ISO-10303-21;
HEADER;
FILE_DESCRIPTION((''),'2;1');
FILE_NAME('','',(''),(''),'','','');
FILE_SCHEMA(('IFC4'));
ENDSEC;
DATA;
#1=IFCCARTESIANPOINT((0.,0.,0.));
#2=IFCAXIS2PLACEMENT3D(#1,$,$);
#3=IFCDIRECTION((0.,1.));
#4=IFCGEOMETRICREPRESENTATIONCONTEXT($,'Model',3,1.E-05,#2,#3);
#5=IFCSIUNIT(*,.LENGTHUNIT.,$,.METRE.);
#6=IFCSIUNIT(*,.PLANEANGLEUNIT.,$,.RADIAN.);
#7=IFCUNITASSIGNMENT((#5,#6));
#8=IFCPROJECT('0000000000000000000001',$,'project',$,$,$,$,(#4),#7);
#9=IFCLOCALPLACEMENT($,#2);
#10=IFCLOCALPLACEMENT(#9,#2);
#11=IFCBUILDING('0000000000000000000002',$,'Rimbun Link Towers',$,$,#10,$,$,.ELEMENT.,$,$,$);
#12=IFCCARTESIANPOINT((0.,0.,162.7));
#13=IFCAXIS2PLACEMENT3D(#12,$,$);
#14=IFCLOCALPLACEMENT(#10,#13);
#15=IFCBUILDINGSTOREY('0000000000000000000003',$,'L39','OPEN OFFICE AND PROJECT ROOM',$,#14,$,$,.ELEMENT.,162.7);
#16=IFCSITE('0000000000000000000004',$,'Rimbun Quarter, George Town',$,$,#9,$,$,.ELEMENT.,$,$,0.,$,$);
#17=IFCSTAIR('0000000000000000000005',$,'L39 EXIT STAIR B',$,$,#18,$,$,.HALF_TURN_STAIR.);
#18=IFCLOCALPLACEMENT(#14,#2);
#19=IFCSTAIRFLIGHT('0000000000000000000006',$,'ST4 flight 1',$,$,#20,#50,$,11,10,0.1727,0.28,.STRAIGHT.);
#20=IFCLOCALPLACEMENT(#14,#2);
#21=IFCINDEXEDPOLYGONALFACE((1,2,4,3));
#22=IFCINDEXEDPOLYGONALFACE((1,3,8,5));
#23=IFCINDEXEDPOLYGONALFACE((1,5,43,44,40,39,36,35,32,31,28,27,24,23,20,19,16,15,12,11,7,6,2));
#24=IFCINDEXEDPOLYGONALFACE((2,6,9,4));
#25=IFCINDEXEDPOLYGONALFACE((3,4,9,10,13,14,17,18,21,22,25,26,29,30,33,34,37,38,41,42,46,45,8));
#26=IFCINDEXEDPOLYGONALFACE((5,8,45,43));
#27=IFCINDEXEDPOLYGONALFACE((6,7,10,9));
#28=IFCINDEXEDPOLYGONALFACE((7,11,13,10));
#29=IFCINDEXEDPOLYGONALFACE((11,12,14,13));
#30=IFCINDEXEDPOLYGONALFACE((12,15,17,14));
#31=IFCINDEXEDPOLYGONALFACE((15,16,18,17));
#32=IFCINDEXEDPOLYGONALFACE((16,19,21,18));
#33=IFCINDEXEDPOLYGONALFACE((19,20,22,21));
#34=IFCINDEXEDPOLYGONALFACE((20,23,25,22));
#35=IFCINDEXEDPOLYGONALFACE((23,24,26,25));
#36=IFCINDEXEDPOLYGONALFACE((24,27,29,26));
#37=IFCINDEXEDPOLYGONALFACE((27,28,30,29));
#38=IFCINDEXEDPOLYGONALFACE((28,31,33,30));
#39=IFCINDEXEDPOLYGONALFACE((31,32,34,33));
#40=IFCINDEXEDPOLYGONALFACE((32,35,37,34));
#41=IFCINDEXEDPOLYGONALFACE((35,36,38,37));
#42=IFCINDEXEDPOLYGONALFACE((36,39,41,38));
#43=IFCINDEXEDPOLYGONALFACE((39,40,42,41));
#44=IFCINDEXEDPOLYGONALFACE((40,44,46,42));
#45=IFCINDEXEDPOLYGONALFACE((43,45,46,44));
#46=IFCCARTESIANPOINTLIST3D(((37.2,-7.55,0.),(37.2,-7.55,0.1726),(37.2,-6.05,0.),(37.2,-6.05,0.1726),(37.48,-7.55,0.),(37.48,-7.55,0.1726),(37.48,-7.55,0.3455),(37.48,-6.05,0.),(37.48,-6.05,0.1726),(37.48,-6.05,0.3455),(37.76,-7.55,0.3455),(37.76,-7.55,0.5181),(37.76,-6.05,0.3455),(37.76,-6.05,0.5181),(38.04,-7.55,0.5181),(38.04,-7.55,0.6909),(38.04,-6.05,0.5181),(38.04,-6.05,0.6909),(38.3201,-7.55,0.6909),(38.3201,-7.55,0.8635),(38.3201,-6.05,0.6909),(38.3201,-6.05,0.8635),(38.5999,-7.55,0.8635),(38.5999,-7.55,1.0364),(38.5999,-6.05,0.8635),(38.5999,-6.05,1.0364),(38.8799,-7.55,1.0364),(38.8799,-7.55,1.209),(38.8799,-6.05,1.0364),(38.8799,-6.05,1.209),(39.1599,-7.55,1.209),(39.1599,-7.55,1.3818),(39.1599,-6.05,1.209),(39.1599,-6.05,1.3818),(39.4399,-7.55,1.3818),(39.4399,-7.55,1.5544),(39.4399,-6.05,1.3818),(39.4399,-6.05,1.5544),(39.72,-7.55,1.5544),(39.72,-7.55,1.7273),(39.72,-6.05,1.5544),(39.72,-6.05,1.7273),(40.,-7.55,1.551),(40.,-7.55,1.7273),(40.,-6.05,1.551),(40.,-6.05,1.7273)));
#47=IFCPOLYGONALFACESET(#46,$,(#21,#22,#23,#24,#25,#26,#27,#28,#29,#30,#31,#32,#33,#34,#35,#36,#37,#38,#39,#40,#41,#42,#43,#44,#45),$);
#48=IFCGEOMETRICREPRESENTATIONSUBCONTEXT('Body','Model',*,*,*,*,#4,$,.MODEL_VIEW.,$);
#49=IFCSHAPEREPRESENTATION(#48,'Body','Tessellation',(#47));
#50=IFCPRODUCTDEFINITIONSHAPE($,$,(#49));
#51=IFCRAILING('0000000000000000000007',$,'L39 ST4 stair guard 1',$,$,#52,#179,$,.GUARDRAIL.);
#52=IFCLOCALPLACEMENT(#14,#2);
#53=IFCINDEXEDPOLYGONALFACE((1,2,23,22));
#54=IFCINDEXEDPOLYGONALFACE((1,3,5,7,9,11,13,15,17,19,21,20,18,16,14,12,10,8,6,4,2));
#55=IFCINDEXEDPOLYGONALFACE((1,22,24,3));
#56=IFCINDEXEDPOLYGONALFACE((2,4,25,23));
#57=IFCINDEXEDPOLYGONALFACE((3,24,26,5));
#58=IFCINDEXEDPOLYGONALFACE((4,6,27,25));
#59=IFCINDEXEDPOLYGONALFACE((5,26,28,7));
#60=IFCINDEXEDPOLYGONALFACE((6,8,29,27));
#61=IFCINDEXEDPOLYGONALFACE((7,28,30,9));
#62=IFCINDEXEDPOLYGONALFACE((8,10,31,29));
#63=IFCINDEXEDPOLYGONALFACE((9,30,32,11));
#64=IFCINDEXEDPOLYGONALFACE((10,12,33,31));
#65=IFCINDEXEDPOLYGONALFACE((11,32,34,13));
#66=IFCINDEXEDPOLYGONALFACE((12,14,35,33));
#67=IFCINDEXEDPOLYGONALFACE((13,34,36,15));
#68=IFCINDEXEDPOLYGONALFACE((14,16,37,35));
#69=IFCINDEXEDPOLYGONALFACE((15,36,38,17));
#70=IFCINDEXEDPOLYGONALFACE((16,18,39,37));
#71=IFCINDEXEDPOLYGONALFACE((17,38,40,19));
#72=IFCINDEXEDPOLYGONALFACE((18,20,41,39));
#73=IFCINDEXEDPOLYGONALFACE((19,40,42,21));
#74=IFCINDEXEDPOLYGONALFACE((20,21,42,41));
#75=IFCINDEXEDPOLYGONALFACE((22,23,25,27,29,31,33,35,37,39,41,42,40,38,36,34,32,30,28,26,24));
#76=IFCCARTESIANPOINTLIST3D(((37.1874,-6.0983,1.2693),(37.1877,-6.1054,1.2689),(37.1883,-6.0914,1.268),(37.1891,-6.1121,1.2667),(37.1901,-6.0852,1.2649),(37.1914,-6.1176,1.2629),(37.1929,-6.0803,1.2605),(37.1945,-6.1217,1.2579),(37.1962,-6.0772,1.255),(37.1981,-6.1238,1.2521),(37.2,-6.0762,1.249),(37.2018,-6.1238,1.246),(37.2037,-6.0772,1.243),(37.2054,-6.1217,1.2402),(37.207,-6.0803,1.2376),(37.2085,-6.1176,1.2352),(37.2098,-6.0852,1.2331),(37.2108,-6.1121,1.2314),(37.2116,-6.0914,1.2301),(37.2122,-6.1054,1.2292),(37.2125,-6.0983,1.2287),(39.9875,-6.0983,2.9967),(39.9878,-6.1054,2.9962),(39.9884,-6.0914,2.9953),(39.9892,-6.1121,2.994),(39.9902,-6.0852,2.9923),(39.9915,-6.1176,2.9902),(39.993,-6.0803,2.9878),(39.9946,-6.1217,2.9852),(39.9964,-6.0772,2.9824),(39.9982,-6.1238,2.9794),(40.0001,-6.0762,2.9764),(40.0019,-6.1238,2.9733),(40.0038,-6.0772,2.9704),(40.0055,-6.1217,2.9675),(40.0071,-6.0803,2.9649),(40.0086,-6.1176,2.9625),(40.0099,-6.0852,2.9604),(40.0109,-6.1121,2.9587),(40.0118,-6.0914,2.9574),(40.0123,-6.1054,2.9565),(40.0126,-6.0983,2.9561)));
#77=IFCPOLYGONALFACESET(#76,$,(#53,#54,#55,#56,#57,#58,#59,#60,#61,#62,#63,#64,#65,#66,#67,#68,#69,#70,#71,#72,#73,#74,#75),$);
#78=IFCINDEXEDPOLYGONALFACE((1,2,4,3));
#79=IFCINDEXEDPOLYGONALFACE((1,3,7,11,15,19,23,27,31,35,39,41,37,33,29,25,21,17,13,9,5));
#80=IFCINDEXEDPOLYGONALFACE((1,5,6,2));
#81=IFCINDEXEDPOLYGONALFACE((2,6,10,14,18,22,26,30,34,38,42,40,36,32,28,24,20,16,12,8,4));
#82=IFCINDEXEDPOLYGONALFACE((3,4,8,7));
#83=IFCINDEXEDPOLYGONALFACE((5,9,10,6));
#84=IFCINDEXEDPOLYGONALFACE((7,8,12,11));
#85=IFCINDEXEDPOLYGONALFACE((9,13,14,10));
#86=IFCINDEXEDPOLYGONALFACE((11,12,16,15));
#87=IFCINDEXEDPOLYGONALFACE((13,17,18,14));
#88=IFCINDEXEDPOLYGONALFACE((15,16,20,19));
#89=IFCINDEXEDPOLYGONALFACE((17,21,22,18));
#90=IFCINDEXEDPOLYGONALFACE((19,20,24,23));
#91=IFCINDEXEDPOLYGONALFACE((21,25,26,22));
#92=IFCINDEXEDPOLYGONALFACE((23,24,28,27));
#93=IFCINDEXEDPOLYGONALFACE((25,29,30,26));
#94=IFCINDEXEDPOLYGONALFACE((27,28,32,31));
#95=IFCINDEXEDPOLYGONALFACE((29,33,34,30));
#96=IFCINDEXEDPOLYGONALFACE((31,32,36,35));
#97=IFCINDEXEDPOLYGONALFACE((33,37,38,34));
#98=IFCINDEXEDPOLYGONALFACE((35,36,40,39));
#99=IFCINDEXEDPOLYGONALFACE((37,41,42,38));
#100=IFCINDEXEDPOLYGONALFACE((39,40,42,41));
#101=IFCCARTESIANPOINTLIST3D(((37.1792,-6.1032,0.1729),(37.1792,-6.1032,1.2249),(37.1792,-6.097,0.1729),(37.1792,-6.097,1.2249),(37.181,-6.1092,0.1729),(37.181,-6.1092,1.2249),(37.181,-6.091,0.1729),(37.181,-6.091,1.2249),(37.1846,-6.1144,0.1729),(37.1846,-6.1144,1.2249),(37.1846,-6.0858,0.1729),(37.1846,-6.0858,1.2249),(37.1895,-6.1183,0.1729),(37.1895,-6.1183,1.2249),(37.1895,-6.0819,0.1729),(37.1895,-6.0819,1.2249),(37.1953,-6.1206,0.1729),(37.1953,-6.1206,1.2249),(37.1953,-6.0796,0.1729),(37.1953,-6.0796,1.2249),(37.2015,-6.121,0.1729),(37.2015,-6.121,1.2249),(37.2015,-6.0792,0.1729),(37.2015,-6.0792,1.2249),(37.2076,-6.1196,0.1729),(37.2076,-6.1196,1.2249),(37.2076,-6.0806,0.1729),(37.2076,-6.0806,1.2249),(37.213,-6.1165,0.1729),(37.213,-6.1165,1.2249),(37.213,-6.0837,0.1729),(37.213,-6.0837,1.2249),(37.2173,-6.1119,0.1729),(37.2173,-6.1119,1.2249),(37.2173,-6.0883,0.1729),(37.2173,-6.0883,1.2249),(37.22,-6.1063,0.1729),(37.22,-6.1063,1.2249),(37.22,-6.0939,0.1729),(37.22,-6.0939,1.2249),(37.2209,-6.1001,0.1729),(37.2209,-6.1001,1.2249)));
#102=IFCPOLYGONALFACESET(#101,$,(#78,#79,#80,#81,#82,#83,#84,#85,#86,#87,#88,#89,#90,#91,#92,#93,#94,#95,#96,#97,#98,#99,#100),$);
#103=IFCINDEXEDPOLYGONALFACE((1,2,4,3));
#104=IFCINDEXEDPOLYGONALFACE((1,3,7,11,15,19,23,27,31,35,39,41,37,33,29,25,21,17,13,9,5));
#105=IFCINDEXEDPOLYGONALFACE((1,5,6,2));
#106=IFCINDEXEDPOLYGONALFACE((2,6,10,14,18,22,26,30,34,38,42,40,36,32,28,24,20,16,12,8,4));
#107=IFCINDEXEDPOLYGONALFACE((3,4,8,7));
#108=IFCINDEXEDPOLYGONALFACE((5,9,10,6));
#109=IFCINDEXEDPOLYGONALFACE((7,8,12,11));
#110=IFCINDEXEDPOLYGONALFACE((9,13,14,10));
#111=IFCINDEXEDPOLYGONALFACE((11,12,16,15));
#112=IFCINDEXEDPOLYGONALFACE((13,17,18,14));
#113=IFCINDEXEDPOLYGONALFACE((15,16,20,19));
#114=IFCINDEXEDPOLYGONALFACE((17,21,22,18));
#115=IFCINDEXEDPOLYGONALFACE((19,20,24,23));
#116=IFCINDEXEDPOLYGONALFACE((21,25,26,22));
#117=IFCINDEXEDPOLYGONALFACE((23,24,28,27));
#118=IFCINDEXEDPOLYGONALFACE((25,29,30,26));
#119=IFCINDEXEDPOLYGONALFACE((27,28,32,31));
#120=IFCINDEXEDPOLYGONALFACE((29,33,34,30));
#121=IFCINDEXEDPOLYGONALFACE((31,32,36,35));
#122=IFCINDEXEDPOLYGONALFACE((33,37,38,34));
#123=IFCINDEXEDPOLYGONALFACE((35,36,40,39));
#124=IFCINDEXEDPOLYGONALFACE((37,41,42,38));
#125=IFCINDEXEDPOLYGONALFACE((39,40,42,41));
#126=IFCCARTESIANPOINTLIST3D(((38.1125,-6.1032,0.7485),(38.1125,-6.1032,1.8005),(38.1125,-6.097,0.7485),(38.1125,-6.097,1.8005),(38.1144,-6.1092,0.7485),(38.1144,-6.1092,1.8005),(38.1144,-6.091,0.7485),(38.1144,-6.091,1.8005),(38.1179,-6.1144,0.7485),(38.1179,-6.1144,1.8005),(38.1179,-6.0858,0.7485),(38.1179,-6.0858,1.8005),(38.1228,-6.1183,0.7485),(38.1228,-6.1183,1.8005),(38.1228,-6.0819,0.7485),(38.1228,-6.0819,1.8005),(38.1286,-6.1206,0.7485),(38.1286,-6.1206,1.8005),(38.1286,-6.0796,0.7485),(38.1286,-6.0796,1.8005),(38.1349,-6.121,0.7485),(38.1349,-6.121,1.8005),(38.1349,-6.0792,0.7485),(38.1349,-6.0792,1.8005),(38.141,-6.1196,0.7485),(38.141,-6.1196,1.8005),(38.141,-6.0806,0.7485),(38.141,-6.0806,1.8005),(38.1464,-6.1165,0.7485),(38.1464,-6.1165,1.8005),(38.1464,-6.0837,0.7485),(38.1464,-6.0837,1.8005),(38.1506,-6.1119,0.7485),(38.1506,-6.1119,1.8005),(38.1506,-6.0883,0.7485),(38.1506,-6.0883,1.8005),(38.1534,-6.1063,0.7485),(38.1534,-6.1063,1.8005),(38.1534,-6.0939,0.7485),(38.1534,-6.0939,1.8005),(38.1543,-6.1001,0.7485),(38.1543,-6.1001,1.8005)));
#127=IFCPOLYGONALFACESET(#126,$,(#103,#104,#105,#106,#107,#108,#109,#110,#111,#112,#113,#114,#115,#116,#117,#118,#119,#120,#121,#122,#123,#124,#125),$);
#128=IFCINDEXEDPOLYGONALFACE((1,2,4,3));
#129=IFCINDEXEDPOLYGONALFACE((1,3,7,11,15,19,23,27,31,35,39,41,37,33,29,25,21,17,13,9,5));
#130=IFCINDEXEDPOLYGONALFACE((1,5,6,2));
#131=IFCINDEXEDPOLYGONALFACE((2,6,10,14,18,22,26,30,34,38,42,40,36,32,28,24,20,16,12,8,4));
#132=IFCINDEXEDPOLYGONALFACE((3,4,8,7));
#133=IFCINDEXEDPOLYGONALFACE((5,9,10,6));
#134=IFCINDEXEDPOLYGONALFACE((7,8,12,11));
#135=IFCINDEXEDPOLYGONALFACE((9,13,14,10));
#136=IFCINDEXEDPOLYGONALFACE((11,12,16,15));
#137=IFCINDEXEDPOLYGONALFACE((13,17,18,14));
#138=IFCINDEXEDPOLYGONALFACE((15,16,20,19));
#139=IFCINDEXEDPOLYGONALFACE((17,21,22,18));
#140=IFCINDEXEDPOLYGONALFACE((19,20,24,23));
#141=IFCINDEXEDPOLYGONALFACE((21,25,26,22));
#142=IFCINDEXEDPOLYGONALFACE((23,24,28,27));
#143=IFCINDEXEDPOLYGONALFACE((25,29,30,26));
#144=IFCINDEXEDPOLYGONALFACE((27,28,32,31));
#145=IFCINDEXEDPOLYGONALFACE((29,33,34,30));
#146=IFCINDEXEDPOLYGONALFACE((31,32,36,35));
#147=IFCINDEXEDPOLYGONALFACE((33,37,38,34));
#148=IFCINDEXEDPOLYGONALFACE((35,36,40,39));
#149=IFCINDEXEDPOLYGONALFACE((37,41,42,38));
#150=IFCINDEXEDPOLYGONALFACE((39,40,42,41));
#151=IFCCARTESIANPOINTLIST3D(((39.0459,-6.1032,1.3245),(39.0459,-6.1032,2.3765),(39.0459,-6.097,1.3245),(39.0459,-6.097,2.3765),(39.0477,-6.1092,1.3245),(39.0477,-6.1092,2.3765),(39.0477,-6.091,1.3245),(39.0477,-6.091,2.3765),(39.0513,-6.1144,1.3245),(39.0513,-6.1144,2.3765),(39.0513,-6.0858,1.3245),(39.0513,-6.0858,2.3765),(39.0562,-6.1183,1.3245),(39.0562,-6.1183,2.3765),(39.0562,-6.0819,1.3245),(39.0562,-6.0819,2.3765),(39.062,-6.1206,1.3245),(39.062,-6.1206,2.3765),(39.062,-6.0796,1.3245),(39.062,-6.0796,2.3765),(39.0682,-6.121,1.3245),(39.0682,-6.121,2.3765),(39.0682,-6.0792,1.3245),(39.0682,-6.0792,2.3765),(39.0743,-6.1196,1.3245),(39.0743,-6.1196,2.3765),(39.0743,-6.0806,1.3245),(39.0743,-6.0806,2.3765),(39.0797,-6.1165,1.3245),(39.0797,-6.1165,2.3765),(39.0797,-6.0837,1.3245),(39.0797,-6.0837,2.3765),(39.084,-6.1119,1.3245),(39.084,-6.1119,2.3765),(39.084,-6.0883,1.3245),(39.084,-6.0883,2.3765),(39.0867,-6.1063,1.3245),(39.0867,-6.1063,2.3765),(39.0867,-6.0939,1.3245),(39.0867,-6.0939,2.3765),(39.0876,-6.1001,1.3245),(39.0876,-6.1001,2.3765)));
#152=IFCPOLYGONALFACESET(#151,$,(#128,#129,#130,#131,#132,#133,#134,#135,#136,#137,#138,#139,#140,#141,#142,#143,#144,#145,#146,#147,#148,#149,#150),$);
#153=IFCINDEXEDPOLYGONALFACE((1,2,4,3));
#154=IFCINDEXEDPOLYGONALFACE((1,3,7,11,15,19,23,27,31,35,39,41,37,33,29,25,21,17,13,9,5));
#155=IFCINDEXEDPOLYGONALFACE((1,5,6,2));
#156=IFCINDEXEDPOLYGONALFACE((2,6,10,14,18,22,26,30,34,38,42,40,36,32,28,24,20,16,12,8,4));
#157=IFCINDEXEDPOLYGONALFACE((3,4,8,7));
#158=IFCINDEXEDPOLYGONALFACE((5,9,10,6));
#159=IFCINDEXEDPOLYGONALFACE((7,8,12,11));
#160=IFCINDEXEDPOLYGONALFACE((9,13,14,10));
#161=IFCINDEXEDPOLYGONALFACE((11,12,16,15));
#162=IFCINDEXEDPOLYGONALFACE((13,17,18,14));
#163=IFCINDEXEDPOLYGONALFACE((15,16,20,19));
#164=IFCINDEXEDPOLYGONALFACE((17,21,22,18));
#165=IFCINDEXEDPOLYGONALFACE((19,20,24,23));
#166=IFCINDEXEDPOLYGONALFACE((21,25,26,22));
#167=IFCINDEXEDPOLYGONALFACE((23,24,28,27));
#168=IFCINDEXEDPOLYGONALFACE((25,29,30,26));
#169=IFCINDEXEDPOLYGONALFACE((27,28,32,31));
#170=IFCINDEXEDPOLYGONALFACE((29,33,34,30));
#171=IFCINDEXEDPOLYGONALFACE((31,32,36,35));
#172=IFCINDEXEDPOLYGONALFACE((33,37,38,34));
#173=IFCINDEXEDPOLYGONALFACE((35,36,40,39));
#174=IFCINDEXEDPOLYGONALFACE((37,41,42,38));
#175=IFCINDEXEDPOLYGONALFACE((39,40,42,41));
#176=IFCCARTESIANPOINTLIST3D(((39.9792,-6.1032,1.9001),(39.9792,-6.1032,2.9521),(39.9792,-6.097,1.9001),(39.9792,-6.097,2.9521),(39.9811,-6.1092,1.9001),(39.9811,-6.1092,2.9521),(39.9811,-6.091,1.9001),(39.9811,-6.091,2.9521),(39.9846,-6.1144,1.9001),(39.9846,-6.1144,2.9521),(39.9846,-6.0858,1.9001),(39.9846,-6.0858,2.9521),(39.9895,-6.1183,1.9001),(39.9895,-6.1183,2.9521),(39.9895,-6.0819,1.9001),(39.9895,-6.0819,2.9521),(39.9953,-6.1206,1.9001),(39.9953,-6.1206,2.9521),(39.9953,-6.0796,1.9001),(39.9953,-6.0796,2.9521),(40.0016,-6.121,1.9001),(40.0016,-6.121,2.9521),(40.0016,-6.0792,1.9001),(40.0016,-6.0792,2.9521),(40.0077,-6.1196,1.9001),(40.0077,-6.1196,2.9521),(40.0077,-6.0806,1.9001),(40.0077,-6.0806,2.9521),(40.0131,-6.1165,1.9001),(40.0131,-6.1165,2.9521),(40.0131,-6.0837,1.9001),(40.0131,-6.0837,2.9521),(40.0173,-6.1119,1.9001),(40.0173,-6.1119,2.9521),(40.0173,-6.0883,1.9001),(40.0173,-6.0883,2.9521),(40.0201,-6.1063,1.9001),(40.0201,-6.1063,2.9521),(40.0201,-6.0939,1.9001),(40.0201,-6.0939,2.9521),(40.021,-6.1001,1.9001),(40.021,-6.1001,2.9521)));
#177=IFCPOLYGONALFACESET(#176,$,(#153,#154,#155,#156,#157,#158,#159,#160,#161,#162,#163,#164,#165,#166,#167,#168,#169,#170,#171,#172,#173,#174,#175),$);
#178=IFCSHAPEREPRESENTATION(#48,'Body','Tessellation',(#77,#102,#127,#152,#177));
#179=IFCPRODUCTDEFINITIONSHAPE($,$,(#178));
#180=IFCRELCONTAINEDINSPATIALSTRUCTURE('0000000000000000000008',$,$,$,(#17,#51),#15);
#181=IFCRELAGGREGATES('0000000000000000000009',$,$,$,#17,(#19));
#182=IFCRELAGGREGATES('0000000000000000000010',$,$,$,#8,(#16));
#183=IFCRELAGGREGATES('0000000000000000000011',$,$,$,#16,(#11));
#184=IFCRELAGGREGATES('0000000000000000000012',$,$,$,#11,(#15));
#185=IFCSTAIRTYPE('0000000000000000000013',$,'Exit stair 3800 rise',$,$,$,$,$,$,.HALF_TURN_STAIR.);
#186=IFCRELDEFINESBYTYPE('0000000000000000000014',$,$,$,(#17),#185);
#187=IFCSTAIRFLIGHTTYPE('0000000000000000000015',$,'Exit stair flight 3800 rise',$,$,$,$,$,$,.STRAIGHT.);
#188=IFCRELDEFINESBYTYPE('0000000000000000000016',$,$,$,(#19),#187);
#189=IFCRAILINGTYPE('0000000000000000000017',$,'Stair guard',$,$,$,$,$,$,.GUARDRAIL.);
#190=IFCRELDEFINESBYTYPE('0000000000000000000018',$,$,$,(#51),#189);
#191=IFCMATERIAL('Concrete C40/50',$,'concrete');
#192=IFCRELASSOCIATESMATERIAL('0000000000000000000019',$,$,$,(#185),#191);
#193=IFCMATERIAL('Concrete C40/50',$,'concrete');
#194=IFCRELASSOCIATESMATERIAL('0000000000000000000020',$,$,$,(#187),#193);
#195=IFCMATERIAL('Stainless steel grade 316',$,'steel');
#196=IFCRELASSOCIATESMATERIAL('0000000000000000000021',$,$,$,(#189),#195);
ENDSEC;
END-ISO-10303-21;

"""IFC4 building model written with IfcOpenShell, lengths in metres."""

from ifc_helpers import new_model, si_unit, direction, frame, origin, origin_2d, place, context, subcontext, project, spatial, polyline, circle, outline, extrude, material, type_object, element, aggregate, save


model = new_model("IFC4")

# Units and contexts
model_context = context("Model", 3, precision=1e-05, world=origin(), true_north=direction((0.0, 1.0)))
body_context = subcontext(model_context, "Body", "Model", "MODEL_VIEW")
ifc_project = project(units=[si_unit("LENGTHUNIT", "METRE"), si_unit("PLANEANGLEUNIT", "RADIAN")], contexts=[model_context])

# Site, building, storey
site_placement = place(None, origin())
site = spatial("IfcSite", under=ifc_project, at=site_placement, Name="Rimbun Quarter, George Town", CompositionType="ELEMENT", RefElevation=0.0)
building_placement = place(site_placement, origin())
building = spatial("IfcBuilding", under=site, at=building_placement, Name="Rimbun Link Towers", CompositionType="ELEMENT")
storey_placement = place(building_placement, frame((0.0, 0.0, 162.7)))
storey = spatial("IfcBuildingStorey", under=building, at=storey_placement, Name="L39", Description="OPEN OFFICE AND PROJECT ROOM", CompositionType="ELEMENT", Elevation=162.7)

# Stair, stair flight
ifc_material_1 = material(Name="Concrete C40/50", Category="concrete")
stair_type = type_object("IfcStairType", Name="Exit stair 3800 rise", PredefinedType="HALF_TURN_STAIR", material=ifc_material_1)
stair_placement = place(storey_placement, origin())
stair = element("IfcStair", 1, at=stair_placement, inside=storey, type_object=stair_type, Name="L39 EXIT STAIR B", PredefinedType="HALF_TURN_STAIR")
ifc_material_2 = material(Name="Concrete C40/50", Category="concrete")
stair_flight_type = type_object("IfcStairFlightType", Name="Exit stair flight 3800 rise", PredefinedType="STRAIGHT", material=ifc_material_2)
stair_flight_placement = place(storey_placement, frame((37.2, -6.8, 0.0), z_axis=(0.0, 0.0, 1.0), x_axis=(1.0, 0.0, 0.0)))
stair_flight = element("IfcStairFlight", 2, at=stair_flight_placement, type_object=stair_flight_type, Name="ST4 flight 1", NumberOfRisers=11, NumberOfTreads=10, PredefinedType="STRAIGHT", RiserHeight=0.1727, TreadLength=0.28, context=body_context, shape_type="SweptSolid", body=[
    extrude(outline(polyline([(0.0, 0.0), (0.0, 0.1726), (0.28, 0.1726), (0.28, 0.3455), (0.5601, 0.3455), (0.5601, 0.5181), (0.8401, 0.5181), (0.8401, 0.6909), (1.1201, 0.6909), (1.1201, 0.8635), (1.3999, 0.8635), (1.3999, 1.0364), (1.6799, 1.0364), (1.6799, 1.209), (1.96, 1.209), (1.96, 1.3818), (2.24, 1.3818), (2.24, 1.5544), (2.52, 1.5544), (2.52, 1.7273), (2.8, 1.7273), (2.8, 1.8999), (2.8, 1.551), (0.28, 0.0), (0.0, 0.0)])), frame((0.0, 0.75, 0.0), z_axis=(0.0, -1.0, 0.0), x_axis=(1.0, 0.0, 0.0)), (0.0, 0.0, 1.0), 1.5),
])
aggregate(stair, [stair_flight])

# Railing
ifc_material_3 = material(Name="Stainless steel grade 316", Category="steel")
railing_type_1 = type_object("IfcRailingType", Name="Stair guard", PredefinedType="GUARDRAIL", material=ifc_material_3)
railing_1_placement = place(storey_placement, frame((37.2, -6.1001, 0.1729)))
element("IfcRailing", 3, at=railing_1_placement, inside=storey, type_object=railing_type_1, Name="L39 ST4 stair guard 1", PredefinedType="GUARDRAIL", context=body_context, shape_type="SweptSolid", body=[
    extrude(circle(Radius=0.0239, at=origin_2d()), frame((0.0, 0.0, 1.0762), z_axis=(0.85109, 0.0, 0.52502), x_axis=(0.0, 1.0, 0.0)), (0.0, 0.0, 1.0), 3.29),
    extrude(circle(Radius=0.021, at=origin_2d()), origin(), (0.0, 0.0, 1.0), 1.052),
    extrude(circle(Radius=0.021, at=origin_2d()), frame((0.9333, 0.0, 0.5757)), (0.0, 0.0, 1.0), 1.052),
    extrude(circle(Radius=0.021, at=origin_2d()), frame((1.8667, 0.0, 1.1516)), (0.0, 0.0, 1.0), 1.052),
    extrude(circle(Radius=0.021, at=origin_2d()), frame((2.8, 0.0, 1.7273)), (0.0, 0.0, 1.0), 1.052),
])

save(model, "model.ifc")
